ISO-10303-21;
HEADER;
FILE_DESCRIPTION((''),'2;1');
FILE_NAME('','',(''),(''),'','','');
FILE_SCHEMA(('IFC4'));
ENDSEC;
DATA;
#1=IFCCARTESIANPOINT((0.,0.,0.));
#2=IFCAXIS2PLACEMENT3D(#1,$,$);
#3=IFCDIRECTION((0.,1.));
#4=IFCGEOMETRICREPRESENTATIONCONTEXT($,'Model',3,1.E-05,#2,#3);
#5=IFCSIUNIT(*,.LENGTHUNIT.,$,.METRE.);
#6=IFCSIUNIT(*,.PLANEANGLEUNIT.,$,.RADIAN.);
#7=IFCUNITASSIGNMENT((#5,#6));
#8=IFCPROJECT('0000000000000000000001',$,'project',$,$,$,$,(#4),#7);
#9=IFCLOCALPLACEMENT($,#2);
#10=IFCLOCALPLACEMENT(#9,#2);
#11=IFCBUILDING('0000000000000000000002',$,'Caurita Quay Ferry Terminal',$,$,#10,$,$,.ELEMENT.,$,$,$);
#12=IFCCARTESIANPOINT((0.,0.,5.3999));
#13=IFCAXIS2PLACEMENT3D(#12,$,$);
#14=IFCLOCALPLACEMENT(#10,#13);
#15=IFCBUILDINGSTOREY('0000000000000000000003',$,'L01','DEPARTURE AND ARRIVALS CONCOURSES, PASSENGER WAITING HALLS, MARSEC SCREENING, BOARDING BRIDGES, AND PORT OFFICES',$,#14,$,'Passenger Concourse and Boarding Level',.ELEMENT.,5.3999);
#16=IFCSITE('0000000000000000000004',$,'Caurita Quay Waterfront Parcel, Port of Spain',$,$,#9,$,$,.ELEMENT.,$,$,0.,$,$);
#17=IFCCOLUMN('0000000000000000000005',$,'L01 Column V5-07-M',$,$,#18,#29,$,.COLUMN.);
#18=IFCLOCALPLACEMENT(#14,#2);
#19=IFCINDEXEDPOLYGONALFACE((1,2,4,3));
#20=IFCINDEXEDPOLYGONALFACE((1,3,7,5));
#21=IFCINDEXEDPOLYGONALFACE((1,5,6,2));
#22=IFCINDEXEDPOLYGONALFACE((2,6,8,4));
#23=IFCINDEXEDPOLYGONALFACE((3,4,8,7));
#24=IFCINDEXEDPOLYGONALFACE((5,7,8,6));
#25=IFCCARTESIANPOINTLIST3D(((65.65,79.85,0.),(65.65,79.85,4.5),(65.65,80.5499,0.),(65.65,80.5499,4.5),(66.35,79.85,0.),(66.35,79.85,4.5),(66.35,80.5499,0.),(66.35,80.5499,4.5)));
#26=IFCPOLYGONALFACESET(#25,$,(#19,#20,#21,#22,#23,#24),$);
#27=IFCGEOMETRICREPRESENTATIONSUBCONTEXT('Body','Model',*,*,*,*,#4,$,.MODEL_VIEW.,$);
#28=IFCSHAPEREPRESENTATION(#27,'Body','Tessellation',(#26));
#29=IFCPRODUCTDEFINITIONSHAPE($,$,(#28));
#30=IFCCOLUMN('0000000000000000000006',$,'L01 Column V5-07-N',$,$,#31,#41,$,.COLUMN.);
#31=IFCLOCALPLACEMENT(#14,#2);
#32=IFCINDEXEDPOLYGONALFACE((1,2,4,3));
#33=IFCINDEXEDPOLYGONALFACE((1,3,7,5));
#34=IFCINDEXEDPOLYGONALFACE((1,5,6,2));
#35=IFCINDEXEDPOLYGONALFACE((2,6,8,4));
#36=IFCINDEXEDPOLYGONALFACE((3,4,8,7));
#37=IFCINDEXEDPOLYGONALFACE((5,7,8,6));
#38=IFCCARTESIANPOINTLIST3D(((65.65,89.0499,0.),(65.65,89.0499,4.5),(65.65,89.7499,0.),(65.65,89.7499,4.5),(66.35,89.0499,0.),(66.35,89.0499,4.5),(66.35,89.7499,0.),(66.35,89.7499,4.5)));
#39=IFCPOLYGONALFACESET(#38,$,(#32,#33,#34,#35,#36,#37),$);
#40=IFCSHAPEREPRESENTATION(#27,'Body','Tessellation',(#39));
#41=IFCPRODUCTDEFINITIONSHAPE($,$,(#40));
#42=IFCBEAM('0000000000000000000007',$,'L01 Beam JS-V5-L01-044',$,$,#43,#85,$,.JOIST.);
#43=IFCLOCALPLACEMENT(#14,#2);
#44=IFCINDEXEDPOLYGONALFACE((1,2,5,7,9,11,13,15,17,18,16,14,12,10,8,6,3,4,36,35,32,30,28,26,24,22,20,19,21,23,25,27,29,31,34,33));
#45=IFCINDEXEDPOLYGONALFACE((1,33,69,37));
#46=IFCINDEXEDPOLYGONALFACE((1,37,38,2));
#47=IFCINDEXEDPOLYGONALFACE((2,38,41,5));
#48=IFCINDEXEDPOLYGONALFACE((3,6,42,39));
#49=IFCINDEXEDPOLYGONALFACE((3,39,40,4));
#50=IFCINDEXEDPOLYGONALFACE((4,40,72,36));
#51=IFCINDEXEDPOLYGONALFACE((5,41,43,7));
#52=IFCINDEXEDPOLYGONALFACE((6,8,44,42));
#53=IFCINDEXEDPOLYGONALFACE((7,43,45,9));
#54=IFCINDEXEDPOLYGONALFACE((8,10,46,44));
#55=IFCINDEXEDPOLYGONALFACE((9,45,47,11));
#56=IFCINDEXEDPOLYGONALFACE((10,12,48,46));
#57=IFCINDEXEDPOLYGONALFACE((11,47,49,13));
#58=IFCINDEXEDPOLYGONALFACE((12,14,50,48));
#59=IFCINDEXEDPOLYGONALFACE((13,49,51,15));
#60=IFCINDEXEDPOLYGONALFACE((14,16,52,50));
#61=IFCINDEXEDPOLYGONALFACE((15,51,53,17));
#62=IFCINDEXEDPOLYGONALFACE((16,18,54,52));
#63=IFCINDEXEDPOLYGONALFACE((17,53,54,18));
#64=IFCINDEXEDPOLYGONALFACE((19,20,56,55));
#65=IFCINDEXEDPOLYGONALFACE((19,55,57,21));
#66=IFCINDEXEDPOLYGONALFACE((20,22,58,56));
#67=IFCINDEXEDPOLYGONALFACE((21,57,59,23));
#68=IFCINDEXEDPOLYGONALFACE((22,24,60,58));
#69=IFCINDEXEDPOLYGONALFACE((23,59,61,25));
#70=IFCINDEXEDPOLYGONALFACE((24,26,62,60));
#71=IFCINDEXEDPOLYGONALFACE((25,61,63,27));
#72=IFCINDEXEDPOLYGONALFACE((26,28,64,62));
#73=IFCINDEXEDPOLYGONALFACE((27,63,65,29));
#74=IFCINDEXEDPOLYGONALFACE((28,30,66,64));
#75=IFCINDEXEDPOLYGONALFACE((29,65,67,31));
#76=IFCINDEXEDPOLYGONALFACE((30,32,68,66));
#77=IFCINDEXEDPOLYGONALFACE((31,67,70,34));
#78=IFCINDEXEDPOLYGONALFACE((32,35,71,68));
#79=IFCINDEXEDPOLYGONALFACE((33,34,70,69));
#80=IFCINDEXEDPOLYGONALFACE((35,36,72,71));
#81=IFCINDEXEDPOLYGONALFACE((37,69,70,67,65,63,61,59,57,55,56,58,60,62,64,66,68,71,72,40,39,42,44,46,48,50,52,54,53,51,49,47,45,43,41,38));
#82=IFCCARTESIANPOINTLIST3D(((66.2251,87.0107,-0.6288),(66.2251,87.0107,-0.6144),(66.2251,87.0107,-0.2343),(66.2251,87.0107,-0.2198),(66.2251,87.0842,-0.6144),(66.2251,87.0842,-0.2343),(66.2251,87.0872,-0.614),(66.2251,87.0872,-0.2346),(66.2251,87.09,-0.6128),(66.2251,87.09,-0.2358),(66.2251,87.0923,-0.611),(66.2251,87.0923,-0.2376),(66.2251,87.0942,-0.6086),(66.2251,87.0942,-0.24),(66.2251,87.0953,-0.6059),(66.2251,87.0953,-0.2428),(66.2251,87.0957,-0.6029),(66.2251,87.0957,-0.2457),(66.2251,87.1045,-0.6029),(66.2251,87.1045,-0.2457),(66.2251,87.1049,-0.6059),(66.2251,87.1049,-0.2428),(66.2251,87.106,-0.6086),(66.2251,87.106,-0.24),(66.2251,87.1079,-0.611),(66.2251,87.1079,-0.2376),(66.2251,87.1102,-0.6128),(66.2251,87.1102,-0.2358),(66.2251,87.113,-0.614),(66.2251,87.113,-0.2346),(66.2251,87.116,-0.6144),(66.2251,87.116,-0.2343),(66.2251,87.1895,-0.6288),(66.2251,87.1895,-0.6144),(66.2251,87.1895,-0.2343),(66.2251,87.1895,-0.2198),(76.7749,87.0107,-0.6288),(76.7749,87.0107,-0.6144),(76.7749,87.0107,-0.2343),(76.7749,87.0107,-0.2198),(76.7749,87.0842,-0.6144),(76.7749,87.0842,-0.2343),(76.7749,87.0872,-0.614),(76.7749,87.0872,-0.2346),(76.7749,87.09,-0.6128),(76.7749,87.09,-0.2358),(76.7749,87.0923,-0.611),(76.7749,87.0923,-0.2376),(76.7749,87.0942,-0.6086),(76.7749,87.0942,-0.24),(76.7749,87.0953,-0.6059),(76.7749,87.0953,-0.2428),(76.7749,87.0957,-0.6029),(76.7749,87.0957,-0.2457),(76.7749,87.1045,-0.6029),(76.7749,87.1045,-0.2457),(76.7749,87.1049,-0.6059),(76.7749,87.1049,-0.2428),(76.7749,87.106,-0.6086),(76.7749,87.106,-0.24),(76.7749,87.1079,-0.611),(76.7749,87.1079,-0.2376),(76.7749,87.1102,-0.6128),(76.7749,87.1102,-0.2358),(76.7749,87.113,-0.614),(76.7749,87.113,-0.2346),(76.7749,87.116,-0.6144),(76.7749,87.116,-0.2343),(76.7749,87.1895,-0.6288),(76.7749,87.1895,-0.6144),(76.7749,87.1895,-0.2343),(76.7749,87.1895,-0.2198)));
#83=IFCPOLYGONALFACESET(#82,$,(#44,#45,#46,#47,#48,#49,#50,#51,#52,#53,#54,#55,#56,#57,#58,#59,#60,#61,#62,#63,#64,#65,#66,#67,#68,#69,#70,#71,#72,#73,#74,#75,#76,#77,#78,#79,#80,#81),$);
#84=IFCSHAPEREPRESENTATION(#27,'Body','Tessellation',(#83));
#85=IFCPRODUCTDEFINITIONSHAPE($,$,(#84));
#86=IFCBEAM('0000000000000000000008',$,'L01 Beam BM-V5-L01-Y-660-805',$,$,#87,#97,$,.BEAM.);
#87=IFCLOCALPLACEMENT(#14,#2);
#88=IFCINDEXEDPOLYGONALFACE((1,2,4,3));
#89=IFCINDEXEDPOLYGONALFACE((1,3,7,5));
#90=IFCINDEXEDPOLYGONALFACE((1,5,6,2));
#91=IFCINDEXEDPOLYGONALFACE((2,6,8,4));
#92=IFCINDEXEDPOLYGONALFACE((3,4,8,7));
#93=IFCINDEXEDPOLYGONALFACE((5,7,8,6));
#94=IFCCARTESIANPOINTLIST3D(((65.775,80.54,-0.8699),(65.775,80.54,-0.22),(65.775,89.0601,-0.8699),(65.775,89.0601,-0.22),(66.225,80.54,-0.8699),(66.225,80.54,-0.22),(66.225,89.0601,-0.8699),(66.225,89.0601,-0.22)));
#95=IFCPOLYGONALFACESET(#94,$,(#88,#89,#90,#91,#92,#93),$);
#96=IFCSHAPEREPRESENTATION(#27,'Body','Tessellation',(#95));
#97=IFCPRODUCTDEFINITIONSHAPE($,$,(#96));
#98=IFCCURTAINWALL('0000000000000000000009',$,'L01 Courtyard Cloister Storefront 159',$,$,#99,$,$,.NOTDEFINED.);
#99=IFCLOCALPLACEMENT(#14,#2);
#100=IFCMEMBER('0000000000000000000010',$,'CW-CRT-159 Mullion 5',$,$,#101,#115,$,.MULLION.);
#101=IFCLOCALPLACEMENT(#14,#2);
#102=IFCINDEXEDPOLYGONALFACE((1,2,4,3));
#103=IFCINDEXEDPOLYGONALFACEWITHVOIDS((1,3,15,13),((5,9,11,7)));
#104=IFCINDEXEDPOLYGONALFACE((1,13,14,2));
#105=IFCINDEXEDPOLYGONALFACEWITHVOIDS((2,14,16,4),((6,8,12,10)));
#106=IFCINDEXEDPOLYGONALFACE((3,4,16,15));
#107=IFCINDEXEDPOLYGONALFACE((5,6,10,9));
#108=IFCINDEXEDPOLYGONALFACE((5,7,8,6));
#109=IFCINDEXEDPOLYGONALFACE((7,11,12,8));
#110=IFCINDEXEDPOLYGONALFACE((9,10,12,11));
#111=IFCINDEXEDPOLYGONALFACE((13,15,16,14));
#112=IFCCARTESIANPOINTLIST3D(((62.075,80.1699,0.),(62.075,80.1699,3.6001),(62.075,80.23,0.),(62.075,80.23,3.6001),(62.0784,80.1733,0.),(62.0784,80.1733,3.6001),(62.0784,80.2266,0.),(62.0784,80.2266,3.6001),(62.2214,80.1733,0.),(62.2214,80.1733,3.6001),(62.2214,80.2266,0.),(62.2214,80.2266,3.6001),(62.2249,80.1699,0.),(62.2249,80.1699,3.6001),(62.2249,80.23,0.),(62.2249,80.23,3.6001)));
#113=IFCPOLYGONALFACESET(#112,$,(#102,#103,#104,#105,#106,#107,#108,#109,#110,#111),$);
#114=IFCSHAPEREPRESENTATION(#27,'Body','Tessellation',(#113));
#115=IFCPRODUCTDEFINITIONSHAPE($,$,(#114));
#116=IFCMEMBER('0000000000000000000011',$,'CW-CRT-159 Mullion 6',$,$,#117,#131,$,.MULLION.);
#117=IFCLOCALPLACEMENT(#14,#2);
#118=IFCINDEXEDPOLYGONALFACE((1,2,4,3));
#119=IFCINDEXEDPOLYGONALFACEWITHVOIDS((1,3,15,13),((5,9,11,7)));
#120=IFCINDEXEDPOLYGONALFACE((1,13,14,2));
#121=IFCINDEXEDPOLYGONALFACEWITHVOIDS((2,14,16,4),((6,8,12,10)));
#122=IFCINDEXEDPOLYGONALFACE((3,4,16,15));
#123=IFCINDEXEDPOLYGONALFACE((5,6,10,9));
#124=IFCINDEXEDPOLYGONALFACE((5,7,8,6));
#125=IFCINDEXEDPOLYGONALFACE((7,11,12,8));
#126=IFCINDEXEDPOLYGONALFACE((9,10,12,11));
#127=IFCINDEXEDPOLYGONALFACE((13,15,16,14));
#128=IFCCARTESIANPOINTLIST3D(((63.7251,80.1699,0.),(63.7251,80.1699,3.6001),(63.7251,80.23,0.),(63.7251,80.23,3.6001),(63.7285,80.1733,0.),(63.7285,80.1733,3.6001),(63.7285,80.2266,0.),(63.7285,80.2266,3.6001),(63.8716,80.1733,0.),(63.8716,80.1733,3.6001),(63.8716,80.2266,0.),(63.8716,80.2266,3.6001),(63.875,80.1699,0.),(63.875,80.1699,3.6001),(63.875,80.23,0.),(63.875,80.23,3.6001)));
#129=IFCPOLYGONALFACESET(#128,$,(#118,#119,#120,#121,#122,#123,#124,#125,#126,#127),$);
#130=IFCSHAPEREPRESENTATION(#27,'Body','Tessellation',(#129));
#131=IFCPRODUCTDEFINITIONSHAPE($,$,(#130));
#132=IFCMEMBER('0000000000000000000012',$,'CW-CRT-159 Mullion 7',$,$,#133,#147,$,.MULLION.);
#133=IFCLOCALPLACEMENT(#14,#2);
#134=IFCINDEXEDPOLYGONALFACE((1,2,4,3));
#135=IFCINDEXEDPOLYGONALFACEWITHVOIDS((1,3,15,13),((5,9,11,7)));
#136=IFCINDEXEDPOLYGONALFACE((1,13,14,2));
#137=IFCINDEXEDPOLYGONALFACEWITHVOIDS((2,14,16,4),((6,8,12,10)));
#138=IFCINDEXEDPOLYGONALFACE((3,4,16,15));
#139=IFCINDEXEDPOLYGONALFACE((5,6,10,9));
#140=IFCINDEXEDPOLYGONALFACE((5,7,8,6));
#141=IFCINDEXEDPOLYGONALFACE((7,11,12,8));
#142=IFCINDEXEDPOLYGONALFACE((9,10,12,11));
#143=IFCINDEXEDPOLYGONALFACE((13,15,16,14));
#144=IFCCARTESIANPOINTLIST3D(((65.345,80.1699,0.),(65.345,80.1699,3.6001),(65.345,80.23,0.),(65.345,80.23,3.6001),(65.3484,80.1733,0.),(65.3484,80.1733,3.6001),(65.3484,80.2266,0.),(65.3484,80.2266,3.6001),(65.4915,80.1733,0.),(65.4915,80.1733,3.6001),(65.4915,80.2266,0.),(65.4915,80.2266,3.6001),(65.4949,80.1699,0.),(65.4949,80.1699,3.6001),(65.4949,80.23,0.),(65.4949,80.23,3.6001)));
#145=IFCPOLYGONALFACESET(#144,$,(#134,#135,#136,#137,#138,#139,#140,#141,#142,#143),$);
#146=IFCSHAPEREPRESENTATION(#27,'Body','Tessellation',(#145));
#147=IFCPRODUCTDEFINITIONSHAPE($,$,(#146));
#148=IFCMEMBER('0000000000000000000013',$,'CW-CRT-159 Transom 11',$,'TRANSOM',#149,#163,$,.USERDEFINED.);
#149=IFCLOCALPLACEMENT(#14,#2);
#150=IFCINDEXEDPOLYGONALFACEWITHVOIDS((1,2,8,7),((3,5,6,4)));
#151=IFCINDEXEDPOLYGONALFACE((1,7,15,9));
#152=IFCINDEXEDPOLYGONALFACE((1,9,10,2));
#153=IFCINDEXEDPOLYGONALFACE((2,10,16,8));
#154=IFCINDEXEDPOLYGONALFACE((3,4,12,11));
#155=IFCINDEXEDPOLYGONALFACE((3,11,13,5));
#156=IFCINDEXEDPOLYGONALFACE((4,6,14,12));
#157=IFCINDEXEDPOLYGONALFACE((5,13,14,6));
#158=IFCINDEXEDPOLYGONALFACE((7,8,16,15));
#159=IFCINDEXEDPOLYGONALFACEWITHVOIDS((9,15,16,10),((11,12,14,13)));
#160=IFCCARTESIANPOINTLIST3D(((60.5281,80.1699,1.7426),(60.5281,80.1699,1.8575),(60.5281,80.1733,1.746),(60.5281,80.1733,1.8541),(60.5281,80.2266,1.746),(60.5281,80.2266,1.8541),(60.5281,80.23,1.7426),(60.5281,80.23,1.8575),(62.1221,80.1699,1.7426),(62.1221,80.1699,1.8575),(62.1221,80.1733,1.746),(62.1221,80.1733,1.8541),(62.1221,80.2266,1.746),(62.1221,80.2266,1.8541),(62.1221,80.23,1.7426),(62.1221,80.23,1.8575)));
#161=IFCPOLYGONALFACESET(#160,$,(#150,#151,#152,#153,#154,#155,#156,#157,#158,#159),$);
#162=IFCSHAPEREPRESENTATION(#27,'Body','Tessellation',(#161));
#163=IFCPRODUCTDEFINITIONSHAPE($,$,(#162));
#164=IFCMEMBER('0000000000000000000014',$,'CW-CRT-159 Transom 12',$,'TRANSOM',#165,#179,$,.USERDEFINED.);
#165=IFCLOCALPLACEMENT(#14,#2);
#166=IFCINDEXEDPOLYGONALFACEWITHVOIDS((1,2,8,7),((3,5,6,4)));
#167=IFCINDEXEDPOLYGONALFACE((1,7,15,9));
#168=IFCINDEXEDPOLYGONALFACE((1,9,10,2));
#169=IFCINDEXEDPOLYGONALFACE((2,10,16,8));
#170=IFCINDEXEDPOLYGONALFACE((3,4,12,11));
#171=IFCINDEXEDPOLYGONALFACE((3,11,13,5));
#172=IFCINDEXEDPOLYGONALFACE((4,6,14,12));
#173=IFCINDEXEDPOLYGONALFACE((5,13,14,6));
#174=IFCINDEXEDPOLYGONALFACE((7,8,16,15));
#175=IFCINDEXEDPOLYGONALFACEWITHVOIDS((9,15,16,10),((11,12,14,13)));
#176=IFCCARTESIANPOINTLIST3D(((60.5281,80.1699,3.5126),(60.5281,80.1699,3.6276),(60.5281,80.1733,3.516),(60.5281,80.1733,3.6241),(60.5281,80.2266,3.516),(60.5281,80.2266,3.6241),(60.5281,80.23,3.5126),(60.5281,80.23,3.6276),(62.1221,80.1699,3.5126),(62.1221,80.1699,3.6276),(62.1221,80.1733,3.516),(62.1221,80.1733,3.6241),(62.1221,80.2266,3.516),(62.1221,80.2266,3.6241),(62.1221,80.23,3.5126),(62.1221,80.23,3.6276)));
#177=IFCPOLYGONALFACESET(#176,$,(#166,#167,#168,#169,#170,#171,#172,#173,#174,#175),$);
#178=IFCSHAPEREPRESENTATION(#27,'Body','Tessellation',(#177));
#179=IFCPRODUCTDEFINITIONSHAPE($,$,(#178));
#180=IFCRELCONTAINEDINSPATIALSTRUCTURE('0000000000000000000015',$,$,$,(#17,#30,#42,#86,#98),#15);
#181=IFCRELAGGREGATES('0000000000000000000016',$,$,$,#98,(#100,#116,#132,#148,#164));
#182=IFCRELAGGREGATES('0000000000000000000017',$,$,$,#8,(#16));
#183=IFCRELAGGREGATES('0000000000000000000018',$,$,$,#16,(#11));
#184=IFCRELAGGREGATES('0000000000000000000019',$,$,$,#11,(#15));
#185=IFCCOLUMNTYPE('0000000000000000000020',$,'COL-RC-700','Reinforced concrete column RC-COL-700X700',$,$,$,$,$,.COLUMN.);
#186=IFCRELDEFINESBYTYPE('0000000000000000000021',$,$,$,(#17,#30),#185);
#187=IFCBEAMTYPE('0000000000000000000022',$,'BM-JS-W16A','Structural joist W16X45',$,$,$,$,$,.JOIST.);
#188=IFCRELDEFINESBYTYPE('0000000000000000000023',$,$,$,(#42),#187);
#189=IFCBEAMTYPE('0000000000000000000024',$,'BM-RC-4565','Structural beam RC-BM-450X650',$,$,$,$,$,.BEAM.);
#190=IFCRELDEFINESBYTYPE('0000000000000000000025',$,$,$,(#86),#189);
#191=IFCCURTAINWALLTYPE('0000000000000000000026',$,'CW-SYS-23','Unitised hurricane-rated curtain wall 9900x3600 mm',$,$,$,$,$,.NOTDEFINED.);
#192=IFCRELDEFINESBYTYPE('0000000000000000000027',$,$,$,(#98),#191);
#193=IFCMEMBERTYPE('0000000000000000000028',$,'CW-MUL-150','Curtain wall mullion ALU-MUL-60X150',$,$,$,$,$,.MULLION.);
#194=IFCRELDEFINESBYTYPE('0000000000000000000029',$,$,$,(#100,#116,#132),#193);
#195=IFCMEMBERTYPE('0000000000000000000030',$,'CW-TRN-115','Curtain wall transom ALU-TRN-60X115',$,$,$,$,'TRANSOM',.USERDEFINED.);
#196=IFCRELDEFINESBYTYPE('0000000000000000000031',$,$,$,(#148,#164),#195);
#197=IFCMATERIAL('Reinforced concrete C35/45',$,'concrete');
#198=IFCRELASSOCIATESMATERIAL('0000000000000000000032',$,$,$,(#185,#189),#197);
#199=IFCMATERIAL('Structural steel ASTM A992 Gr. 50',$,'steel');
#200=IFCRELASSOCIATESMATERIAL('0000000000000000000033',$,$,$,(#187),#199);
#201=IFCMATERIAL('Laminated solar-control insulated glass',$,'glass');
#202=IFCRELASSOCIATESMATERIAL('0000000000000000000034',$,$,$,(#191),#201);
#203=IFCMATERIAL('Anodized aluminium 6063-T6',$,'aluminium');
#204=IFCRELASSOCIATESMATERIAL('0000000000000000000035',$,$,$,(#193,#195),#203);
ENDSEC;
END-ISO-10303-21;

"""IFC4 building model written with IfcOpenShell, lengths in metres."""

from ifc_helpers import new_model, si_unit, direction, frame, origin, origin_2d, place, context, subcontext, project, spatial, rectangle, hollow_rectangle, i_section, extrude, material, material_profile, profile_set, type_object, element, aggregate, save


model = new_model("IFC4")

# Units and contexts
model_context = context("Model", 3, precision=1e-05, world=origin(), true_north=direction((0.0, 1.0)))
body_context = subcontext(model_context, "Body", "Model", "MODEL_VIEW")
ifc_project = project(units=[si_unit("LENGTHUNIT", "METRE"), si_unit("PLANEANGLEUNIT", "RADIAN")], contexts=[model_context])

# Site, building, storey
site_placement = place(None, origin())
site = spatial("IfcSite", under=ifc_project, at=site_placement, Name="Caurita Quay Waterfront Parcel, Port of Spain", CompositionType="ELEMENT", RefElevation=0.0)
building_placement = place(site_placement, origin())
building = spatial("IfcBuilding", under=site, at=building_placement, Name="Caurita Quay Ferry Terminal", CompositionType="ELEMENT")
storey_placement = place(building_placement, frame((0.0, 0.0, 5.3999)))
storey = spatial("IfcBuildingStorey", under=building, at=storey_placement, Name="L01", Description="DEPARTURE AND ARRIVALS CONCOURSES, PASSENGER WAITING HALLS, MARSEC SCREENING, BOARDING BRIDGES, AND PORT OFFICES", LongName="Passenger Concourse and Boarding Level", CompositionType="ELEMENT", Elevation=5.3999)

# Columns
ifc_material_1 = material(Name="Reinforced concrete C35/45", Category="concrete")
ifc_material_profile_1 = material_profile(ifc_material_1, rectangle(XDim=0.7, YDim=0.7, at=origin_2d()), Name="RC-COL-700X700")
ifc_profile_set_1 = profile_set([ifc_material_profile_1], Name="Reinforced concrete C35/45")
column_type = type_object("IfcColumnType", Name="COL-RC-700", Description="Reinforced concrete column RC-COL-700X700", PredefinedType="COLUMN", material=ifc_profile_set_1)
for number, where, z_axis, x_axis, name in (
    (1, (66.0, 80.2, 0.0), (0.0, 0.0, 1.0), (1.0, 0.0, 0.0), "L01 Column V5-07-M"),
    (2, (66.0, 89.3999, 0.0), (0.0, 0.0, 1.0), (1.0, 0.0, 0.0), "L01 Column V5-07-N"),
):
    element("IfcColumn", number, at=place(storey_placement, frame(where, z_axis=z_axis, x_axis=x_axis)), inside=storey, type_object=column_type, Name=name, PredefinedType="COLUMN", context=body_context, shape_type="SweptSolid", body=[
        extrude(rectangle(XDim=0.7, YDim=0.7, at=origin_2d()), origin(), (0.0, 0.0, 1.0), 4.5),
    ])

# Beams
ifc_material_2 = material(Name="Structural steel ASTM A992 Gr. 50", Category="steel")
ifc_material_profile_2 = material_profile(ifc_material_2, i_section(OverallWidth=0.1787, OverallDepth=0.4089, WebThickness=0.0088, FlangeThickness=0.0144, FilletRadius=0.0115, at=origin_2d()), Name="W16X45")
ifc_profile_set_2 = profile_set([ifc_material_profile_2], Name="Structural steel ASTM A992 Gr. 50")
beam_type_1 = type_object("IfcBeamType", Name="BM-JS-W16A", Description="Structural joist W16X45", PredefinedType="JOIST", material=ifc_profile_set_2)
beam_1_placement = place(storey_placement, frame((66.2251, 87.1001, -0.4243), z_axis=(1.0, 0.0, 0.0), x_axis=(0.0, 1.0, 0.0)))
element("IfcBeam", 3, at=beam_1_placement, inside=storey, type_object=beam_type_1, Name="L01 Beam JS-V5-L01-044", PredefinedType="JOIST", context=body_context, shape_type="SweptSolid", body=[
    extrude(i_section(OverallWidth=0.1787, OverallDepth=0.4089, WebThickness=0.0088, FlangeThickness=0.0144, FilletRadius=0.0115, at=origin_2d()), origin(), (0.0, 0.0, 1.0), 10.5498),
])
ifc_material_profile_3 = material_profile(ifc_material_1, rectangle(XDim=0.45, YDim=0.6499, at=origin_2d()), Name="RC-BM-450X650")
ifc_profile_set_3 = profile_set([ifc_material_profile_3], Name="Reinforced concrete C35/45")
beam_type_2 = type_object("IfcBeamType", Name="BM-RC-4565", Description="Structural beam RC-BM-450X650", PredefinedType="BEAM", material=ifc_profile_set_3)
beam_2_placement = place(storey_placement, frame((66.0, 80.54, -0.5449), z_axis=(0.0, 1.0, 0.0), x_axis=(-1.0, 0.0, 0.0)))
element("IfcBeam", 4, at=beam_2_placement, inside=storey, type_object=beam_type_2, Name="L01 Beam BM-V5-L01-Y-660-805", PredefinedType="BEAM", context=body_context, shape_type="SweptSolid", body=[
    extrude(rectangle(XDim=0.45, YDim=0.6499, at=origin_2d()), origin(), (0.0, 0.0, 1.0), 8.52),
])

# Curtain wall, members
ifc_material_3 = material(Name="Laminated solar-control insulated glass", Category="glass")
curtain_wall_type = type_object("IfcCurtainWallType", Name="CW-SYS-23", Description="Unitised hurricane-rated curtain wall 9900x3600 mm", PredefinedType="NOTDEFINED", material=ifc_material_3)
curtain_wall_placement = place(storey_placement, origin())
curtain_wall = element("IfcCurtainWall", 5, at=curtain_wall_placement, inside=storey, type_object=curtain_wall_type, Name="L01 Courtyard Cloister Storefront 159", PredefinedType="NOTDEFINED")
ifc_material_4 = material(Name="Anodized aluminium 6063-T6", Category="aluminium")
ifc_material_profile_4 = material_profile(ifc_material_4, hollow_rectangle(XDim=0.0601, YDim=0.1499, WallThickness=0.0034, at=origin_2d()), Name="ALU-MUL-60X150")
ifc_profile_set_4 = profile_set([ifc_material_profile_4], Name="Anodized aluminium 6063-T6")
member_type_1 = type_object("IfcMemberType", Name="CW-MUL-150", Description="Curtain wall mullion ALU-MUL-60X150", PredefinedType="MULLION", material=ifc_profile_set_4)
member_1_placement = place(storey_placement, frame((62.1499, 80.2, 0.0), z_axis=(0.0, 0.0, 1.0), x_axis=(0.0, 1.0, 0.0)))
member_1 = element("IfcMember", 6, at=member_1_placement, type_object=member_type_1, Name="CW-CRT-159 Mullion 5", PredefinedType="MULLION", context=body_context, shape_type="SweptSolid", body=[
    extrude(hollow_rectangle(XDim=0.0601, YDim=0.1499, WallThickness=0.0034, at=origin_2d()), origin(), (0.0, 0.0, 1.0), 3.6001),
])
member_2_placement = place(storey_placement, frame((63.8, 80.2, 0.0), z_axis=(0.0, 0.0, 1.0), x_axis=(0.0, 1.0, 0.0)))
member_2 = element("IfcMember", 7, at=member_2_placement, type_object=member_type_1, Name="CW-CRT-159 Mullion 6", PredefinedType="MULLION", context=body_context, shape_type="SweptSolid", body=[
    extrude(hollow_rectangle(XDim=0.0601, YDim=0.1499, WallThickness=0.0034, at=origin_2d()), origin(), (0.0, 0.0, 1.0), 3.6001),
])
member_3_placement = place(storey_placement, frame((65.4199, 80.2, 0.0), z_axis=(0.0, 0.0, 1.0), x_axis=(0.0, 1.0, 0.0)))
member_3 = element("IfcMember", 8, at=member_3_placement, type_object=member_type_1, Name="CW-CRT-159 Mullion 7", PredefinedType="MULLION", context=body_context, shape_type="SweptSolid", body=[
    extrude(hollow_rectangle(XDim=0.0601, YDim=0.1499, WallThickness=0.0034, at=origin_2d()), origin(), (0.0, 0.0, 1.0), 3.6001),
])
ifc_material_profile_5 = material_profile(ifc_material_4, hollow_rectangle(XDim=0.0601, YDim=0.115, WallThickness=0.0034, at=origin_2d()), Name="ALU-TRN-60X115")
ifc_profile_set_5 = profile_set([ifc_material_profile_5], Name="Anodized aluminium 6063-T6")
member_type_2 = type_object("IfcMemberType", Name="CW-TRN-115", Description="Curtain wall transom ALU-TRN-60X115", ElementType="TRANSOM", PredefinedType="USERDEFINED", material=ifc_profile_set_5)
member_4_placement = place(storey_placement, frame((60.5281, 80.2, 1.8), z_axis=(1.0, 0.0, 0.0), x_axis=(0.0, 1.0, 0.0)))
member_4 = element("IfcMember", 9, at=member_4_placement, type_object=member_type_2, Name="CW-CRT-159 Transom 11", ObjectType="TRANSOM", PredefinedType="USERDEFINED", context=body_context, shape_type="SweptSolid", body=[
    extrude(hollow_rectangle(XDim=0.0601, YDim=0.115, WallThickness=0.0034, at=origin_2d()), origin(), (0.0, 0.0, 1.0), 1.594),
])
member_5_placement = place(storey_placement, frame((60.5281, 80.2, 3.5701), z_axis=(1.0, 0.0, 0.0), x_axis=(0.0, 1.0, 0.0)))
member_5 = element("IfcMember", 10, at=member_5_placement, type_object=member_type_2, Name="CW-CRT-159 Transom 12", ObjectType="TRANSOM", PredefinedType="USERDEFINED", context=body_context, shape_type="SweptSolid", body=[
    extrude(hollow_rectangle(XDim=0.0601, YDim=0.115, WallThickness=0.0034, at=origin_2d()), origin(), (0.0, 0.0, 1.0), 1.594),
])
aggregate(curtain_wall, [member_1, member_2, member_3, member_4, member_5])

save(model, "model.ifc")
